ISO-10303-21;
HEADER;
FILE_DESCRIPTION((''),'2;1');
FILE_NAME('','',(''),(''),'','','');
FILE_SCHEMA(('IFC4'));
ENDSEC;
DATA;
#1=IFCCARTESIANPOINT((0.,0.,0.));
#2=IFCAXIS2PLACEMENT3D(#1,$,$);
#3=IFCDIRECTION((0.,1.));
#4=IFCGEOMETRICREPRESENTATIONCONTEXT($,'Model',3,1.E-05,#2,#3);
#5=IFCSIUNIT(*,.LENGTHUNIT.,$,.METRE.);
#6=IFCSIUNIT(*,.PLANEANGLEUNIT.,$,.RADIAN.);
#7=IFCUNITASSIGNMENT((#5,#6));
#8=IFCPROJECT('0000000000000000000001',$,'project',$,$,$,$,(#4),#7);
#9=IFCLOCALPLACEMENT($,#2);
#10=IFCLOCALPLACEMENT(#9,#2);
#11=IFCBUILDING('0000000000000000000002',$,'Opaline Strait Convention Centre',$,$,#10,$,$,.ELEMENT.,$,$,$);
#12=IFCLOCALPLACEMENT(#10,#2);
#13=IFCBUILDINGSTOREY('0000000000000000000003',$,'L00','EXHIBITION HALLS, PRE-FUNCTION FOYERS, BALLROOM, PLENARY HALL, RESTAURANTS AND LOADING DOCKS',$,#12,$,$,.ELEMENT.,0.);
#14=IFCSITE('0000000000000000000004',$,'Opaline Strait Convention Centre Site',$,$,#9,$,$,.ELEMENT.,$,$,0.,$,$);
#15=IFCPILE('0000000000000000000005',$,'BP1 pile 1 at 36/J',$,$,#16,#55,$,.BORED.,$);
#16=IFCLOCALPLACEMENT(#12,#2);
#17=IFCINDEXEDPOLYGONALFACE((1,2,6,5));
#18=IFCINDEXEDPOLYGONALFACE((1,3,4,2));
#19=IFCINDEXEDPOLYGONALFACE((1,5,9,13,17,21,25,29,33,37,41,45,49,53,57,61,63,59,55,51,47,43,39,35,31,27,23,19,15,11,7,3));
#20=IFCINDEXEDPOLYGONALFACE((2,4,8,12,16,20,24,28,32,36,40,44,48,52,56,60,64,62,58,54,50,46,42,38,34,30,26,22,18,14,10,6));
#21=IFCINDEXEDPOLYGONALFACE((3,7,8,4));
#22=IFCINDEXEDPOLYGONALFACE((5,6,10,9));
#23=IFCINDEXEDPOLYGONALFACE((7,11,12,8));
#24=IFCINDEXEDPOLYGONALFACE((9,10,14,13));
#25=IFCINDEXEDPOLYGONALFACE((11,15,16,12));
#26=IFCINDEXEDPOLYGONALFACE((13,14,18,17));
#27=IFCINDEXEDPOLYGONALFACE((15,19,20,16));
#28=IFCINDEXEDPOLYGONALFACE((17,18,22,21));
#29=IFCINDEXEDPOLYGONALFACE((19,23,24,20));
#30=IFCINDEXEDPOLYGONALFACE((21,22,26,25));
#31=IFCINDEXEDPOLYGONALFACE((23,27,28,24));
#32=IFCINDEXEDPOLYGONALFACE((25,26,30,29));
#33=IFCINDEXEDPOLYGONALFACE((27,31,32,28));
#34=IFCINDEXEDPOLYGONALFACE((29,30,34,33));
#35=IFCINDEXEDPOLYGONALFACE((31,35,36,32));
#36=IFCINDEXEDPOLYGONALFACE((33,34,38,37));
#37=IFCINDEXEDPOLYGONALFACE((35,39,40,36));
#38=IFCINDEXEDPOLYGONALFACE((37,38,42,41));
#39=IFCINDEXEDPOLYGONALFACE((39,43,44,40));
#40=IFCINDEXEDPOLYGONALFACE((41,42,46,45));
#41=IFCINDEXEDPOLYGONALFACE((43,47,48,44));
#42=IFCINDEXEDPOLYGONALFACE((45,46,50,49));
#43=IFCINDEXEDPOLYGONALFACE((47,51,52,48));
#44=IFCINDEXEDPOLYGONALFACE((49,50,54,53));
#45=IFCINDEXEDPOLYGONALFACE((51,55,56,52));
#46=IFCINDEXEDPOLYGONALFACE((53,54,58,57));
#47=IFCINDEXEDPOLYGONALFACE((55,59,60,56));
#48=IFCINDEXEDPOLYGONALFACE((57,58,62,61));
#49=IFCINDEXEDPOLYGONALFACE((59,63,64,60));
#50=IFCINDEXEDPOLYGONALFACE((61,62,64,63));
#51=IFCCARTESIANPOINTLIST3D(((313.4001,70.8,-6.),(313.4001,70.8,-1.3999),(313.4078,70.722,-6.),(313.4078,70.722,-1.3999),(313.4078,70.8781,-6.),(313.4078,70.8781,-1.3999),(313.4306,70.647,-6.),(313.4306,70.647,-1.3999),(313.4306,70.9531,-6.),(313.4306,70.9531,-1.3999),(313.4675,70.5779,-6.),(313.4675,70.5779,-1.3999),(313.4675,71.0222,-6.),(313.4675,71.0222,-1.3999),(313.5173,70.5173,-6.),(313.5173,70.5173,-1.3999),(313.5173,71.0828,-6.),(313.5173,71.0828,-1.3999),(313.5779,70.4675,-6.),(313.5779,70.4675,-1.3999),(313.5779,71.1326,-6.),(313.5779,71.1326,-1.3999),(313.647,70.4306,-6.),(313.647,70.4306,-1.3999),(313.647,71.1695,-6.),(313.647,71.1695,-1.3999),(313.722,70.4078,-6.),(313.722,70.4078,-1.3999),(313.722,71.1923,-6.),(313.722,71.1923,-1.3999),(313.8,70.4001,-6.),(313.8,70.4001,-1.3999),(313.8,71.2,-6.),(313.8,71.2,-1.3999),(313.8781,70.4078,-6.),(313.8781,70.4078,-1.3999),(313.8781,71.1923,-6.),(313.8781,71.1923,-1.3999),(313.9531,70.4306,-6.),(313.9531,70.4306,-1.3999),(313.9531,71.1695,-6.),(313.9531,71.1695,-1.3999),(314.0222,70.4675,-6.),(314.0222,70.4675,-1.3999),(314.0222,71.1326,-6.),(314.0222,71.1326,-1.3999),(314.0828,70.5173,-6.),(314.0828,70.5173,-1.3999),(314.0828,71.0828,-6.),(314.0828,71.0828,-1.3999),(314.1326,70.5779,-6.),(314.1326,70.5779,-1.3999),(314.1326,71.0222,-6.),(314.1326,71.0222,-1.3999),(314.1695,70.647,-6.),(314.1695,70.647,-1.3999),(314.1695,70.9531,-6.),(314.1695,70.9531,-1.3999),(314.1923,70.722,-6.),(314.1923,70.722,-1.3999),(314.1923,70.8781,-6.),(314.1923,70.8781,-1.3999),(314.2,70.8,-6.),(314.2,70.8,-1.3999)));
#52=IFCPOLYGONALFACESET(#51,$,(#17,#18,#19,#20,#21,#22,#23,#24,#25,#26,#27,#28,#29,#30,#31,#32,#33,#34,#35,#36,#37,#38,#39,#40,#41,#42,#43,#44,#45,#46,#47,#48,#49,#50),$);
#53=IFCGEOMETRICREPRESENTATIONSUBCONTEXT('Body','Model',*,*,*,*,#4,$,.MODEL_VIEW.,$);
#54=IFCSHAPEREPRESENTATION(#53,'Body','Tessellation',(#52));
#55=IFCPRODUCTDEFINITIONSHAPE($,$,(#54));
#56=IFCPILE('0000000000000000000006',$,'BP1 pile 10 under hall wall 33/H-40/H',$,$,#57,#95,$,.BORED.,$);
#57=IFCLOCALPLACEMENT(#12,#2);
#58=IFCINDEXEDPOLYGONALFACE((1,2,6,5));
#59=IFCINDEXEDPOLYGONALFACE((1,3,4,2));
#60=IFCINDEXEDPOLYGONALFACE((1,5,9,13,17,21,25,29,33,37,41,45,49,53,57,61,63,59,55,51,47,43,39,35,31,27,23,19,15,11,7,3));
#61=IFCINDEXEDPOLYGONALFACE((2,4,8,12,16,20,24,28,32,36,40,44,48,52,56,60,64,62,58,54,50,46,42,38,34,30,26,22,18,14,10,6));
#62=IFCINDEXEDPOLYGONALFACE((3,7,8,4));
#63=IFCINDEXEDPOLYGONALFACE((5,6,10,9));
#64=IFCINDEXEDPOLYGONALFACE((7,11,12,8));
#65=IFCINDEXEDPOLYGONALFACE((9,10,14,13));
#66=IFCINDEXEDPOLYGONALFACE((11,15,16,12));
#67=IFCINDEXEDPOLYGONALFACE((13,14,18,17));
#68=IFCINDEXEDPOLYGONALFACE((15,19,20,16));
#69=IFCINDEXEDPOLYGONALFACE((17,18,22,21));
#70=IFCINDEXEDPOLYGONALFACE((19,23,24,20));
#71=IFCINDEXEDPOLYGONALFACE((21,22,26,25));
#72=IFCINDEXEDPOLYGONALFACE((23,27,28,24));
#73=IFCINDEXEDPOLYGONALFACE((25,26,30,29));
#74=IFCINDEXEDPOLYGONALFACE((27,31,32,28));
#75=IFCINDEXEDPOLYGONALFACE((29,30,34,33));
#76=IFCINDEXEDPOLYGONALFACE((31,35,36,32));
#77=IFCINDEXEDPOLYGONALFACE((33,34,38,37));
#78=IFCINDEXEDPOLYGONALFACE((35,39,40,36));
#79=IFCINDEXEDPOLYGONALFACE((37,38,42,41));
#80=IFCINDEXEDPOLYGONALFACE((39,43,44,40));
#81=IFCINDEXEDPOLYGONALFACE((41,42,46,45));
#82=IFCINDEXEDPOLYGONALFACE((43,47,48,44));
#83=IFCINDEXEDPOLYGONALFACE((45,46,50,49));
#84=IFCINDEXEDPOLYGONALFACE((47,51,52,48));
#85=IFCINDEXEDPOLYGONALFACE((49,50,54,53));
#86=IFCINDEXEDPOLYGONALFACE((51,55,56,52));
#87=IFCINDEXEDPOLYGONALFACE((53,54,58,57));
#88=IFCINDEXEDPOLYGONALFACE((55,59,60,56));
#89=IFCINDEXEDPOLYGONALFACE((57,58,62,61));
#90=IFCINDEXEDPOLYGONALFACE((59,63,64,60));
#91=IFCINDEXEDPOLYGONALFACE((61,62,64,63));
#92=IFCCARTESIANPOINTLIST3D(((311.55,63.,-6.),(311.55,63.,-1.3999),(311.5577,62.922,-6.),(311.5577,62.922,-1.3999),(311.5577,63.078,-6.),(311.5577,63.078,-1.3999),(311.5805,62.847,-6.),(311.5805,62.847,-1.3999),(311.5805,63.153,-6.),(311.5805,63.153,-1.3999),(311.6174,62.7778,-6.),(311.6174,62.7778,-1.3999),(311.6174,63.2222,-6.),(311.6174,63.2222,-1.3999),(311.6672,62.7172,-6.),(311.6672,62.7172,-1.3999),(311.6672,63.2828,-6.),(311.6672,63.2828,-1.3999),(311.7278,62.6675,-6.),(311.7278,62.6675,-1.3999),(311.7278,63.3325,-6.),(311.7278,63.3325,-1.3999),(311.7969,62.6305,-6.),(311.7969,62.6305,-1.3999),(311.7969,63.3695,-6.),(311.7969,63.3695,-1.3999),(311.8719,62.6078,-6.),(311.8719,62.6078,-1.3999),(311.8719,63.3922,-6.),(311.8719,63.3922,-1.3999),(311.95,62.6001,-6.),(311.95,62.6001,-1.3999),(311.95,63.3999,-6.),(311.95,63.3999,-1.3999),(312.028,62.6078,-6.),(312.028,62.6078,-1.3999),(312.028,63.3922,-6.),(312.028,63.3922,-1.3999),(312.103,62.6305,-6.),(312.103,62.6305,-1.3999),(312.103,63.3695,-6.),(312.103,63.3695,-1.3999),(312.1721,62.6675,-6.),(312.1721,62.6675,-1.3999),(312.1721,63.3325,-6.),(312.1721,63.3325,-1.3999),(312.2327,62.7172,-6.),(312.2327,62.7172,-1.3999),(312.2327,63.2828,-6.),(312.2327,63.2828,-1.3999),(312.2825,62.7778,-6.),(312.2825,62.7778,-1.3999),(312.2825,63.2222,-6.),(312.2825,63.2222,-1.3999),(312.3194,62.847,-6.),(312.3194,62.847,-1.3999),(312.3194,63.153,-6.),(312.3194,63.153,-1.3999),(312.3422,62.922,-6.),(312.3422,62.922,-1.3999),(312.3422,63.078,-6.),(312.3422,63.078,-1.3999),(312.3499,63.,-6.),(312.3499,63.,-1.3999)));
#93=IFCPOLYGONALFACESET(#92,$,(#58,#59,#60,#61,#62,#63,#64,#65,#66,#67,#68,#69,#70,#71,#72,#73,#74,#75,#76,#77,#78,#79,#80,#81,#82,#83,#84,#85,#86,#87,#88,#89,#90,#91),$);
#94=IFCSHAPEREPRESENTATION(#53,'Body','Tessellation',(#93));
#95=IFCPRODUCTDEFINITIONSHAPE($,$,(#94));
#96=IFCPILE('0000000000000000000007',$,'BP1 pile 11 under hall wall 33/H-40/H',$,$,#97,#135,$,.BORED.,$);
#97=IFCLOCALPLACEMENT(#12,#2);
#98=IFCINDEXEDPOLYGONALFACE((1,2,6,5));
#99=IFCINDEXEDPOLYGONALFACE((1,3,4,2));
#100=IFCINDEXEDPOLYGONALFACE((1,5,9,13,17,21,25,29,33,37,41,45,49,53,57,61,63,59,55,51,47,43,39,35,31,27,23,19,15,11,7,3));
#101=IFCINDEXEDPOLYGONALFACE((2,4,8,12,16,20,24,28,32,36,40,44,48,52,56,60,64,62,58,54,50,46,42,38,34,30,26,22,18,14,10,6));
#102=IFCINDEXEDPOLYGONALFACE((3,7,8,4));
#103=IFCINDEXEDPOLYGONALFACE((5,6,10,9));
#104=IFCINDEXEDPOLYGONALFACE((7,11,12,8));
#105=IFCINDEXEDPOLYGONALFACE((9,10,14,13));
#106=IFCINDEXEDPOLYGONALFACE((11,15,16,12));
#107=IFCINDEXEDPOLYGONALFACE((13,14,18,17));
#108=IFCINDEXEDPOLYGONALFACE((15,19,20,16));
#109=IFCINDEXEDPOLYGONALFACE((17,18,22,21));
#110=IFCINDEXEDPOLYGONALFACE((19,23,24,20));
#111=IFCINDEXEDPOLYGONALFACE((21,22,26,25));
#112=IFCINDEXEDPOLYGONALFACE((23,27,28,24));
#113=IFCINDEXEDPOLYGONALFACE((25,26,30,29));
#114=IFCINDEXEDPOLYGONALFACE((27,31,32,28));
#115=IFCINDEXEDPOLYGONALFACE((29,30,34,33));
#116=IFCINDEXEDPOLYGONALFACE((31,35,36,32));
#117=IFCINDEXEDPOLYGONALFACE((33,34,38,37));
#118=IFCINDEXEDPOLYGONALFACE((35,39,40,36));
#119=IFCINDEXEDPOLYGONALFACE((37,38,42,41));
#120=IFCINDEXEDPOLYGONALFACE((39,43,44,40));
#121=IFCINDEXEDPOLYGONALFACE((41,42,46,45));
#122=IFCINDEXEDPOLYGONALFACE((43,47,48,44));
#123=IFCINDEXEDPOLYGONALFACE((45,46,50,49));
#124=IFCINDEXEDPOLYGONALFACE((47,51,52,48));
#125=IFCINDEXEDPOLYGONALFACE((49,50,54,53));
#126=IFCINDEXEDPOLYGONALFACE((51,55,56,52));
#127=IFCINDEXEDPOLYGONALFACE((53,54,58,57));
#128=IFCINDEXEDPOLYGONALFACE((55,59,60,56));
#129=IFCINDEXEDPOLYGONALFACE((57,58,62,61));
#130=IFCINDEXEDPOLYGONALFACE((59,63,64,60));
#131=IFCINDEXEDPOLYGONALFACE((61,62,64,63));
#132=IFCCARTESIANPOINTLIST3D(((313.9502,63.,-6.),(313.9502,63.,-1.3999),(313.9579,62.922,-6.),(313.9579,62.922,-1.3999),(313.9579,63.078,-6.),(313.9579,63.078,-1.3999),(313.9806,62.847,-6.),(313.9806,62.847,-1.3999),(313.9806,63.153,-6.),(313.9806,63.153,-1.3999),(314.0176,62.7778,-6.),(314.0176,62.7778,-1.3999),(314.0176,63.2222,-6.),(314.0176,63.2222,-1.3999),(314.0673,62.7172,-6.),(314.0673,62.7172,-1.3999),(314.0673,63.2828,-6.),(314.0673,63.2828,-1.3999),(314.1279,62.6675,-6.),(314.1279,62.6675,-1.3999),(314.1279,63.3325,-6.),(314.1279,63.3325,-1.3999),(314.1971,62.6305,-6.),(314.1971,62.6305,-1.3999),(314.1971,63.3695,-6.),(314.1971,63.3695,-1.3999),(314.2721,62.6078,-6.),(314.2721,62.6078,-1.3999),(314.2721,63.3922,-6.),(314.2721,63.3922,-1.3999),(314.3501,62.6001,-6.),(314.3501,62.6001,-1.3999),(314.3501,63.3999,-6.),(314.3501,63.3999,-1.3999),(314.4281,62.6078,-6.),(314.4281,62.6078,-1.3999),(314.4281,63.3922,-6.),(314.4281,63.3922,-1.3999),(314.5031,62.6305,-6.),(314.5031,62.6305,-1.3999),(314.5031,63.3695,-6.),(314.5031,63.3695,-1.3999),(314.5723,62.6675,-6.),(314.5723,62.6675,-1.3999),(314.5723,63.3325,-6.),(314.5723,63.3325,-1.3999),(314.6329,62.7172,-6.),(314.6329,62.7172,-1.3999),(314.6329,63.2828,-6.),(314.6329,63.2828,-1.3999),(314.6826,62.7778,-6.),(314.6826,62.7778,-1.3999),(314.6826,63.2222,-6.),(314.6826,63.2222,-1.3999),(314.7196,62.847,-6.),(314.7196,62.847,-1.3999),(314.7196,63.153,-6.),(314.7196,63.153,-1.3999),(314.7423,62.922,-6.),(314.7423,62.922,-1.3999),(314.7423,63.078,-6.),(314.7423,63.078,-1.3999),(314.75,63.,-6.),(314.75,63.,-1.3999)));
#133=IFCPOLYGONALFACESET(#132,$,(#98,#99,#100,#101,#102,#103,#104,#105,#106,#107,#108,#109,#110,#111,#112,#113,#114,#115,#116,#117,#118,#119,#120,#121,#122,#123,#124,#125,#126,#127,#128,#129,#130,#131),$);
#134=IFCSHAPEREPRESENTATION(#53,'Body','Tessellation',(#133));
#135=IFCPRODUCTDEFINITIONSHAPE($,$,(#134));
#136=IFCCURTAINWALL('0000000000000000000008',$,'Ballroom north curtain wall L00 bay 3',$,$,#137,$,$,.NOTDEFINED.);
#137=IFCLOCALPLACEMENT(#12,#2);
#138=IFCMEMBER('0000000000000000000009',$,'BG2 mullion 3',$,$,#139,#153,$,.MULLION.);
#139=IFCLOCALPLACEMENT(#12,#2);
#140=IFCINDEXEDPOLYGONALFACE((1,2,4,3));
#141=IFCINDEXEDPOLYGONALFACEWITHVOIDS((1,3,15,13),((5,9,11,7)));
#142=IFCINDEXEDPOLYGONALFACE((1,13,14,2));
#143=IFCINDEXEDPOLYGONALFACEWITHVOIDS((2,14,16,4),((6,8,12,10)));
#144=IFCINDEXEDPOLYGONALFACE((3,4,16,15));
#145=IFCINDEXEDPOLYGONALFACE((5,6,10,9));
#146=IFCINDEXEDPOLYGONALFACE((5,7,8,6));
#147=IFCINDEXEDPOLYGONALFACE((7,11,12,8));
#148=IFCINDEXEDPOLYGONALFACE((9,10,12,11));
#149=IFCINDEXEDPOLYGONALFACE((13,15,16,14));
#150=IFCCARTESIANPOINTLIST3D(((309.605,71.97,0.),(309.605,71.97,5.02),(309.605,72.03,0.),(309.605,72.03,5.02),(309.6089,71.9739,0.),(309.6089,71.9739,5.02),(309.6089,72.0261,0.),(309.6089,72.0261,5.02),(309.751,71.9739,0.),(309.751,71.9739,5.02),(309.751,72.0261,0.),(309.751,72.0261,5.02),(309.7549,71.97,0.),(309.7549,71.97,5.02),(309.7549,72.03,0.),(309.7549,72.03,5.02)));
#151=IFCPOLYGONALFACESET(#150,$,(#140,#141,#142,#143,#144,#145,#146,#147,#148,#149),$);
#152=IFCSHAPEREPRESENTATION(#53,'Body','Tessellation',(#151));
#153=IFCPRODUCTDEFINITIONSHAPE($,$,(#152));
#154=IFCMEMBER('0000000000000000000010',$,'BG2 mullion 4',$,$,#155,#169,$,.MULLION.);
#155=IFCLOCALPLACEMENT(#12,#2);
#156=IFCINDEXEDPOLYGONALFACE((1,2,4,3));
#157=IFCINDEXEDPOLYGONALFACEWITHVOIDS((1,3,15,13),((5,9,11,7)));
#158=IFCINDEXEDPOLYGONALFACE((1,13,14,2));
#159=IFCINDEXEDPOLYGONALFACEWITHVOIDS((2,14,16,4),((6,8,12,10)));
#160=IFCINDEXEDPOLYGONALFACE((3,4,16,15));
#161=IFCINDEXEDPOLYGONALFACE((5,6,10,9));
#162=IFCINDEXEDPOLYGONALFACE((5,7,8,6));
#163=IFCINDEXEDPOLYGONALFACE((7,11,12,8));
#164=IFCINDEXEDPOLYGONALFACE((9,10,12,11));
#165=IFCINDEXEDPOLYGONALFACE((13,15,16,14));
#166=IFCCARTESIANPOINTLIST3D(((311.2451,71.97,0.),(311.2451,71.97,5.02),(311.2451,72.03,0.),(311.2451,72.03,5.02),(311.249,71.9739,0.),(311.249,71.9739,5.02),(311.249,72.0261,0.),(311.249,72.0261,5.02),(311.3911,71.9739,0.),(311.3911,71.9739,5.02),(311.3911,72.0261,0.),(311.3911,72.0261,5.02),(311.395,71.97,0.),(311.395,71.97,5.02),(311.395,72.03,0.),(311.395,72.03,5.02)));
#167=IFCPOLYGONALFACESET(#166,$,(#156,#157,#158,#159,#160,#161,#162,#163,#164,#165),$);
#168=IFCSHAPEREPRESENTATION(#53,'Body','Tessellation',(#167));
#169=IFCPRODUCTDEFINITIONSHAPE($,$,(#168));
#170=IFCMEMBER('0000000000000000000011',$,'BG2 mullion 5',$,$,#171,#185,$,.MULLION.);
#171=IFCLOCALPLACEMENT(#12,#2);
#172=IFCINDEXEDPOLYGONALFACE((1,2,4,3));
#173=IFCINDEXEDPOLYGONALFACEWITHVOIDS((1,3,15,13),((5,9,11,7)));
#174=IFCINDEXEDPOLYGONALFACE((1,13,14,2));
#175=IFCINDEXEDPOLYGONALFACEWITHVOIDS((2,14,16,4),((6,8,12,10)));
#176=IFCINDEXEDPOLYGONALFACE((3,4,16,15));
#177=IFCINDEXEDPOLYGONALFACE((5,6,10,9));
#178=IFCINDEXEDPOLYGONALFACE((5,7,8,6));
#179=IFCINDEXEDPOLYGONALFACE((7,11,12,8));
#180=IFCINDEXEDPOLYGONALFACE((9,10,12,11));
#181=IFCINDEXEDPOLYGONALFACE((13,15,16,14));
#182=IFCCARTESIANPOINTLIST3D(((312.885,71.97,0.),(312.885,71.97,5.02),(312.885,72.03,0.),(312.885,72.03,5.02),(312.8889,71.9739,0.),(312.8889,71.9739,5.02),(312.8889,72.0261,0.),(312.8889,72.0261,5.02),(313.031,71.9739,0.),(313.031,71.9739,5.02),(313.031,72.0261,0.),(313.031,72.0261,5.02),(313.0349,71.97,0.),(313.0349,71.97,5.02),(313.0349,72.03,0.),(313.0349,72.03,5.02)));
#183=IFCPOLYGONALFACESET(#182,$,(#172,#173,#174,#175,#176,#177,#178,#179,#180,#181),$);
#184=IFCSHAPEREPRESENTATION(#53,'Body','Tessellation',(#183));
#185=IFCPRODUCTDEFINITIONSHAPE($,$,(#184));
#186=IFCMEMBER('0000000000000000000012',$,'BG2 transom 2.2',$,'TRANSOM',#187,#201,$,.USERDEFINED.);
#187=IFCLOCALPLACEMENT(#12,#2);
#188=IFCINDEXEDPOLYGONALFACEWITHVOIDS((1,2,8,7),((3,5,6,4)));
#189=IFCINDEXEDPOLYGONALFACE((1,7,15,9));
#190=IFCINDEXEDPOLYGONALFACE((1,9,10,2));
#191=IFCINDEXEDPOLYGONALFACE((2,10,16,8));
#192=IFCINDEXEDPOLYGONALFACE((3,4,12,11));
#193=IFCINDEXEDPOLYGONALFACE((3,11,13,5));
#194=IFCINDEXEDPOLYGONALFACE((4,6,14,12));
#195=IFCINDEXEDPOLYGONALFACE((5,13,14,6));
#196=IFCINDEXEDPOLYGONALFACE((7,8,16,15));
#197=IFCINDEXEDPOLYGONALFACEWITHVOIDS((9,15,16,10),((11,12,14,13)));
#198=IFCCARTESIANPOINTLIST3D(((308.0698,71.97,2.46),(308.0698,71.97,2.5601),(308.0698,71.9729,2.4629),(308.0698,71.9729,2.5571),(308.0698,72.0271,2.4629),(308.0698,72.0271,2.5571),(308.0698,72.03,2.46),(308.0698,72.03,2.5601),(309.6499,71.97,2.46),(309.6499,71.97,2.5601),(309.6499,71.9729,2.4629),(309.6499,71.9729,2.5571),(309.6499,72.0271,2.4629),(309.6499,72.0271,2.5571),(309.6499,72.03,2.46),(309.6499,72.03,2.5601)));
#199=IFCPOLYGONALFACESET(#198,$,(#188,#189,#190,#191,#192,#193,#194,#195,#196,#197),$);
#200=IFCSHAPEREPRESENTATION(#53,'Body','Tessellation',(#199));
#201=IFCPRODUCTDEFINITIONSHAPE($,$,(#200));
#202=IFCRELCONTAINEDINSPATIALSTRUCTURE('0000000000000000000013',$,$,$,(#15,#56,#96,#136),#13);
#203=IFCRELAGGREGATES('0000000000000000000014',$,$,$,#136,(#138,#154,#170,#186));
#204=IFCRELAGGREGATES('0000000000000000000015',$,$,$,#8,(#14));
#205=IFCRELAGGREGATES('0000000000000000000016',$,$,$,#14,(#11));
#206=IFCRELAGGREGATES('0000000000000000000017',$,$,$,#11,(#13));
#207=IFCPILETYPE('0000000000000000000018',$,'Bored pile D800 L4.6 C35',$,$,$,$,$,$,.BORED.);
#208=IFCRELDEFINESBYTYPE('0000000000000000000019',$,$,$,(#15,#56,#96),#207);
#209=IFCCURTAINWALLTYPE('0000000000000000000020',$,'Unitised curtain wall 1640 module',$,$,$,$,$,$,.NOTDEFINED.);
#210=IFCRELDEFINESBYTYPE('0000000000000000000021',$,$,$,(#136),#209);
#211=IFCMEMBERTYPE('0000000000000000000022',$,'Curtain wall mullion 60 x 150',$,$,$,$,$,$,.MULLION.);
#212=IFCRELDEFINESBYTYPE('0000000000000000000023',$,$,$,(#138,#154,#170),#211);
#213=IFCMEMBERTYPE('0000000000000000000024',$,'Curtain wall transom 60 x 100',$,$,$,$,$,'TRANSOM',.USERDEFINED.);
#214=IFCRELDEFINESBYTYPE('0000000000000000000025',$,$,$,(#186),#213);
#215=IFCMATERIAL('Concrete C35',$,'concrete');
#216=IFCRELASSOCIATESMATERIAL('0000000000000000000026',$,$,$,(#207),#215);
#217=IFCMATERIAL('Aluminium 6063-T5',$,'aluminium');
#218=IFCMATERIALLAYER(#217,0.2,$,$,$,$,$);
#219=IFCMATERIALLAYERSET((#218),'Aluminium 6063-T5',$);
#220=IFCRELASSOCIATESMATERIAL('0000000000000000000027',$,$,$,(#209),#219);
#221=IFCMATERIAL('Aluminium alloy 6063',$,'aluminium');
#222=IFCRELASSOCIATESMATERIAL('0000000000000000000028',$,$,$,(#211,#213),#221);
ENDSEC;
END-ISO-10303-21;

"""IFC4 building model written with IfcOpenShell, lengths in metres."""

from ifc_helpers import new_model, si_unit, direction, frame, origin, origin_2d, place, context, subcontext, project, spatial, hollow_rectangle, circle, extrude, material, layer, layer_set, material_profile, profile_set, type_object, element, aggregate, save


model = new_model("IFC4")

# Units and contexts
model_context = context("Model", 3, precision=1e-05, world=origin(), true_north=direction((0.0, 1.0)))
body_context = subcontext(model_context, "Body", "Model", "MODEL_VIEW")
ifc_project = project(units=[si_unit("LENGTHUNIT", "METRE"), si_unit("PLANEANGLEUNIT", "RADIAN")], contexts=[model_context])

# Site, building, storey
site_placement = place(None, origin())
site = spatial("IfcSite", under=ifc_project, at=site_placement, Name="Opaline Strait Convention Centre Site", CompositionType="ELEMENT", RefElevation=0.0)
building_placement = place(site_placement, origin())
building = spatial("IfcBuilding", under=site, at=building_placement, Name="Opaline Strait Convention Centre", CompositionType="ELEMENT")
storey_placement = place(building_placement, origin())
storey = spatial("IfcBuildingStorey", under=building, at=storey_placement, Name="L00", Description="EXHIBITION HALLS, PRE-FUNCTION FOYERS, BALLROOM, PLENARY HALL, RESTAURANTS AND LOADING DOCKS", CompositionType="ELEMENT", Elevation=0.0)

# Piles
ifc_material_1 = material(Name="Concrete C35", Category="concrete")
ifc_material_profile_1 = material_profile(ifc_material_1, circle(Radius=0.3999, at=origin_2d()), Name="D800")
ifc_profile_set_1 = profile_set([ifc_material_profile_1], Name="Concrete C35")
pile_type = type_object("IfcPileType", Name="Bored pile D800 L4.6 C35", PredefinedType="BORED", material=ifc_profile_set_1)
for number, where, z_axis, x_axis, name in (
    (1, (313.8, 70.8, -1.3999), (0.0, 0.0, -1.0), (1.0, 0.0, 0.0), "BP1 pile 1 at 36/J"),
    (2, (311.95, 63.0, -1.3999), (0.0, 0.0, -1.0), (1.0, 0.0, 0.0), "BP1 pile 10 under hall wall 33/H-40/H"),
    (3, (314.3501, 63.0, -1.3999), (0.0, 0.0, -1.0), (1.0, 0.0, 0.0), "BP1 pile 11 under hall wall 33/H-40/H"),
):
    element("IfcPile", number, at=place(storey_placement, frame(where, z_axis=z_axis, x_axis=x_axis)), inside=storey, type_object=pile_type, Name=name, PredefinedType="BORED", context=body_context, shape_type="SweptSolid", body=[
        extrude(circle(Radius=0.3999, at=origin_2d()), origin(), (0.0, 0.0, 1.0), 4.6001),
    ])

# Curtain wall, members
ifc_material_2 = material(Name="Aluminium 6063-T5", Category="aluminium")
ifc_layer_1 = layer(ifc_material_2, 0.2)
ifc_layer_set_1 = layer_set([ifc_layer_1], Name="Aluminium 6063-T5")
curtain_wall_type = type_object("IfcCurtainWallType", Name="Unitised curtain wall 1640 module", PredefinedType="NOTDEFINED", material=ifc_layer_set_1)
curtain_wall_placement = place(storey_placement, origin())
curtain_wall = element("IfcCurtainWall", 4, at=curtain_wall_placement, inside=storey, type_object=curtain_wall_type, Name="Ballroom north curtain wall L00 bay 3", PredefinedType="NOTDEFINED")
ifc_material_3 = material(Name="Aluminium alloy 6063", Category="aluminium")
ifc_material_profile_2 = material_profile(ifc_material_3, hollow_rectangle(XDim=0.0601, YDim=0.1499, WallThickness=0.0039, at=origin_2d()), Name="MULLION 60x150x4")
ifc_profile_set_2 = profile_set([ifc_material_profile_2], Name="Aluminium alloy 6063")
member_type_1 = type_object("IfcMemberType", Name="Curtain wall mullion 60 x 150", PredefinedType="MULLION", material=ifc_profile_set_2)
member_1_placement = place(storey_placement, frame((309.6799, 72.0, 0.0), z_axis=(0.0, 0.0, 1.0), x_axis=(0.0, 1.0, 0.0)))
member_1 = element("IfcMember", 5, at=member_1_placement, type_object=member_type_1, Name="BG2 mullion 3", PredefinedType="MULLION", context=body_context, shape_type="SweptSolid", body=[
    extrude(hollow_rectangle(XDim=0.0601, YDim=0.1499, WallThickness=0.0039, at=origin_2d()), origin(), (0.0, 0.0, 1.0), 5.02),
])
member_2_placement = place(storey_placement, frame((311.3201, 72.0, 0.0), z_axis=(0.0, 0.0, 1.0), x_axis=(0.0, 1.0, 0.0)))
member_2 = element("IfcMember", 6, at=member_2_placement, type_object=member_type_1, Name="BG2 mullion 4", PredefinedType="MULLION", context=body_context, shape_type="SweptSolid", body=[
    extrude(hollow_rectangle(XDim=0.0601, YDim=0.1499, WallThickness=0.0039, at=origin_2d()), origin(), (0.0, 0.0, 1.0), 5.02),
])
member_3_placement = place(storey_placement, frame((312.96, 72.0, 0.0), z_axis=(0.0, 0.0, 1.0), x_axis=(0.0, 1.0, 0.0)))
member_3 = element("IfcMember", 7, at=member_3_placement, type_object=member_type_1, Name="BG2 mullion 5", PredefinedType="MULLION", context=body_context, shape_type="SweptSolid", body=[
    extrude(hollow_rectangle(XDim=0.0601, YDim=0.1499, WallThickness=0.0039, at=origin_2d()), origin(), (0.0, 0.0, 1.0), 5.02),
])
ifc_material_profile_3 = material_profile(ifc_material_3, hollow_rectangle(XDim=0.0601, YDim=0.1001, WallThickness=0.0029, at=origin_2d()), Name="TRANSOM 60x100x3")
ifc_profile_set_3 = profile_set([ifc_material_profile_3], Name="Aluminium alloy 6063")
member_type_2 = type_object("IfcMemberType", Name="Curtain wall transom 60 x 100", ElementType="TRANSOM", PredefinedType="USERDEFINED", material=ifc_profile_set_3)
member_4_placement = place(storey_placement, frame((308.0698, 72.0, 2.51), z_axis=(1.0, 0.0, 0.0), x_axis=(0.0, 1.0, 0.0)))
member_4 = element("IfcMember", 8, at=member_4_placement, type_object=member_type_2, Name="BG2 transom 2.2", ObjectType="TRANSOM", PredefinedType="USERDEFINED", context=body_context, shape_type="SweptSolid", body=[
    extrude(hollow_rectangle(XDim=0.0601, YDim=0.1001, WallThickness=0.0029, at=origin_2d()), origin(), (0.0, 0.0, 1.0), 1.5801),
])
aggregate(curtain_wall, [member_1, member_2, member_3, member_4])

save(model, "model.ifc")
